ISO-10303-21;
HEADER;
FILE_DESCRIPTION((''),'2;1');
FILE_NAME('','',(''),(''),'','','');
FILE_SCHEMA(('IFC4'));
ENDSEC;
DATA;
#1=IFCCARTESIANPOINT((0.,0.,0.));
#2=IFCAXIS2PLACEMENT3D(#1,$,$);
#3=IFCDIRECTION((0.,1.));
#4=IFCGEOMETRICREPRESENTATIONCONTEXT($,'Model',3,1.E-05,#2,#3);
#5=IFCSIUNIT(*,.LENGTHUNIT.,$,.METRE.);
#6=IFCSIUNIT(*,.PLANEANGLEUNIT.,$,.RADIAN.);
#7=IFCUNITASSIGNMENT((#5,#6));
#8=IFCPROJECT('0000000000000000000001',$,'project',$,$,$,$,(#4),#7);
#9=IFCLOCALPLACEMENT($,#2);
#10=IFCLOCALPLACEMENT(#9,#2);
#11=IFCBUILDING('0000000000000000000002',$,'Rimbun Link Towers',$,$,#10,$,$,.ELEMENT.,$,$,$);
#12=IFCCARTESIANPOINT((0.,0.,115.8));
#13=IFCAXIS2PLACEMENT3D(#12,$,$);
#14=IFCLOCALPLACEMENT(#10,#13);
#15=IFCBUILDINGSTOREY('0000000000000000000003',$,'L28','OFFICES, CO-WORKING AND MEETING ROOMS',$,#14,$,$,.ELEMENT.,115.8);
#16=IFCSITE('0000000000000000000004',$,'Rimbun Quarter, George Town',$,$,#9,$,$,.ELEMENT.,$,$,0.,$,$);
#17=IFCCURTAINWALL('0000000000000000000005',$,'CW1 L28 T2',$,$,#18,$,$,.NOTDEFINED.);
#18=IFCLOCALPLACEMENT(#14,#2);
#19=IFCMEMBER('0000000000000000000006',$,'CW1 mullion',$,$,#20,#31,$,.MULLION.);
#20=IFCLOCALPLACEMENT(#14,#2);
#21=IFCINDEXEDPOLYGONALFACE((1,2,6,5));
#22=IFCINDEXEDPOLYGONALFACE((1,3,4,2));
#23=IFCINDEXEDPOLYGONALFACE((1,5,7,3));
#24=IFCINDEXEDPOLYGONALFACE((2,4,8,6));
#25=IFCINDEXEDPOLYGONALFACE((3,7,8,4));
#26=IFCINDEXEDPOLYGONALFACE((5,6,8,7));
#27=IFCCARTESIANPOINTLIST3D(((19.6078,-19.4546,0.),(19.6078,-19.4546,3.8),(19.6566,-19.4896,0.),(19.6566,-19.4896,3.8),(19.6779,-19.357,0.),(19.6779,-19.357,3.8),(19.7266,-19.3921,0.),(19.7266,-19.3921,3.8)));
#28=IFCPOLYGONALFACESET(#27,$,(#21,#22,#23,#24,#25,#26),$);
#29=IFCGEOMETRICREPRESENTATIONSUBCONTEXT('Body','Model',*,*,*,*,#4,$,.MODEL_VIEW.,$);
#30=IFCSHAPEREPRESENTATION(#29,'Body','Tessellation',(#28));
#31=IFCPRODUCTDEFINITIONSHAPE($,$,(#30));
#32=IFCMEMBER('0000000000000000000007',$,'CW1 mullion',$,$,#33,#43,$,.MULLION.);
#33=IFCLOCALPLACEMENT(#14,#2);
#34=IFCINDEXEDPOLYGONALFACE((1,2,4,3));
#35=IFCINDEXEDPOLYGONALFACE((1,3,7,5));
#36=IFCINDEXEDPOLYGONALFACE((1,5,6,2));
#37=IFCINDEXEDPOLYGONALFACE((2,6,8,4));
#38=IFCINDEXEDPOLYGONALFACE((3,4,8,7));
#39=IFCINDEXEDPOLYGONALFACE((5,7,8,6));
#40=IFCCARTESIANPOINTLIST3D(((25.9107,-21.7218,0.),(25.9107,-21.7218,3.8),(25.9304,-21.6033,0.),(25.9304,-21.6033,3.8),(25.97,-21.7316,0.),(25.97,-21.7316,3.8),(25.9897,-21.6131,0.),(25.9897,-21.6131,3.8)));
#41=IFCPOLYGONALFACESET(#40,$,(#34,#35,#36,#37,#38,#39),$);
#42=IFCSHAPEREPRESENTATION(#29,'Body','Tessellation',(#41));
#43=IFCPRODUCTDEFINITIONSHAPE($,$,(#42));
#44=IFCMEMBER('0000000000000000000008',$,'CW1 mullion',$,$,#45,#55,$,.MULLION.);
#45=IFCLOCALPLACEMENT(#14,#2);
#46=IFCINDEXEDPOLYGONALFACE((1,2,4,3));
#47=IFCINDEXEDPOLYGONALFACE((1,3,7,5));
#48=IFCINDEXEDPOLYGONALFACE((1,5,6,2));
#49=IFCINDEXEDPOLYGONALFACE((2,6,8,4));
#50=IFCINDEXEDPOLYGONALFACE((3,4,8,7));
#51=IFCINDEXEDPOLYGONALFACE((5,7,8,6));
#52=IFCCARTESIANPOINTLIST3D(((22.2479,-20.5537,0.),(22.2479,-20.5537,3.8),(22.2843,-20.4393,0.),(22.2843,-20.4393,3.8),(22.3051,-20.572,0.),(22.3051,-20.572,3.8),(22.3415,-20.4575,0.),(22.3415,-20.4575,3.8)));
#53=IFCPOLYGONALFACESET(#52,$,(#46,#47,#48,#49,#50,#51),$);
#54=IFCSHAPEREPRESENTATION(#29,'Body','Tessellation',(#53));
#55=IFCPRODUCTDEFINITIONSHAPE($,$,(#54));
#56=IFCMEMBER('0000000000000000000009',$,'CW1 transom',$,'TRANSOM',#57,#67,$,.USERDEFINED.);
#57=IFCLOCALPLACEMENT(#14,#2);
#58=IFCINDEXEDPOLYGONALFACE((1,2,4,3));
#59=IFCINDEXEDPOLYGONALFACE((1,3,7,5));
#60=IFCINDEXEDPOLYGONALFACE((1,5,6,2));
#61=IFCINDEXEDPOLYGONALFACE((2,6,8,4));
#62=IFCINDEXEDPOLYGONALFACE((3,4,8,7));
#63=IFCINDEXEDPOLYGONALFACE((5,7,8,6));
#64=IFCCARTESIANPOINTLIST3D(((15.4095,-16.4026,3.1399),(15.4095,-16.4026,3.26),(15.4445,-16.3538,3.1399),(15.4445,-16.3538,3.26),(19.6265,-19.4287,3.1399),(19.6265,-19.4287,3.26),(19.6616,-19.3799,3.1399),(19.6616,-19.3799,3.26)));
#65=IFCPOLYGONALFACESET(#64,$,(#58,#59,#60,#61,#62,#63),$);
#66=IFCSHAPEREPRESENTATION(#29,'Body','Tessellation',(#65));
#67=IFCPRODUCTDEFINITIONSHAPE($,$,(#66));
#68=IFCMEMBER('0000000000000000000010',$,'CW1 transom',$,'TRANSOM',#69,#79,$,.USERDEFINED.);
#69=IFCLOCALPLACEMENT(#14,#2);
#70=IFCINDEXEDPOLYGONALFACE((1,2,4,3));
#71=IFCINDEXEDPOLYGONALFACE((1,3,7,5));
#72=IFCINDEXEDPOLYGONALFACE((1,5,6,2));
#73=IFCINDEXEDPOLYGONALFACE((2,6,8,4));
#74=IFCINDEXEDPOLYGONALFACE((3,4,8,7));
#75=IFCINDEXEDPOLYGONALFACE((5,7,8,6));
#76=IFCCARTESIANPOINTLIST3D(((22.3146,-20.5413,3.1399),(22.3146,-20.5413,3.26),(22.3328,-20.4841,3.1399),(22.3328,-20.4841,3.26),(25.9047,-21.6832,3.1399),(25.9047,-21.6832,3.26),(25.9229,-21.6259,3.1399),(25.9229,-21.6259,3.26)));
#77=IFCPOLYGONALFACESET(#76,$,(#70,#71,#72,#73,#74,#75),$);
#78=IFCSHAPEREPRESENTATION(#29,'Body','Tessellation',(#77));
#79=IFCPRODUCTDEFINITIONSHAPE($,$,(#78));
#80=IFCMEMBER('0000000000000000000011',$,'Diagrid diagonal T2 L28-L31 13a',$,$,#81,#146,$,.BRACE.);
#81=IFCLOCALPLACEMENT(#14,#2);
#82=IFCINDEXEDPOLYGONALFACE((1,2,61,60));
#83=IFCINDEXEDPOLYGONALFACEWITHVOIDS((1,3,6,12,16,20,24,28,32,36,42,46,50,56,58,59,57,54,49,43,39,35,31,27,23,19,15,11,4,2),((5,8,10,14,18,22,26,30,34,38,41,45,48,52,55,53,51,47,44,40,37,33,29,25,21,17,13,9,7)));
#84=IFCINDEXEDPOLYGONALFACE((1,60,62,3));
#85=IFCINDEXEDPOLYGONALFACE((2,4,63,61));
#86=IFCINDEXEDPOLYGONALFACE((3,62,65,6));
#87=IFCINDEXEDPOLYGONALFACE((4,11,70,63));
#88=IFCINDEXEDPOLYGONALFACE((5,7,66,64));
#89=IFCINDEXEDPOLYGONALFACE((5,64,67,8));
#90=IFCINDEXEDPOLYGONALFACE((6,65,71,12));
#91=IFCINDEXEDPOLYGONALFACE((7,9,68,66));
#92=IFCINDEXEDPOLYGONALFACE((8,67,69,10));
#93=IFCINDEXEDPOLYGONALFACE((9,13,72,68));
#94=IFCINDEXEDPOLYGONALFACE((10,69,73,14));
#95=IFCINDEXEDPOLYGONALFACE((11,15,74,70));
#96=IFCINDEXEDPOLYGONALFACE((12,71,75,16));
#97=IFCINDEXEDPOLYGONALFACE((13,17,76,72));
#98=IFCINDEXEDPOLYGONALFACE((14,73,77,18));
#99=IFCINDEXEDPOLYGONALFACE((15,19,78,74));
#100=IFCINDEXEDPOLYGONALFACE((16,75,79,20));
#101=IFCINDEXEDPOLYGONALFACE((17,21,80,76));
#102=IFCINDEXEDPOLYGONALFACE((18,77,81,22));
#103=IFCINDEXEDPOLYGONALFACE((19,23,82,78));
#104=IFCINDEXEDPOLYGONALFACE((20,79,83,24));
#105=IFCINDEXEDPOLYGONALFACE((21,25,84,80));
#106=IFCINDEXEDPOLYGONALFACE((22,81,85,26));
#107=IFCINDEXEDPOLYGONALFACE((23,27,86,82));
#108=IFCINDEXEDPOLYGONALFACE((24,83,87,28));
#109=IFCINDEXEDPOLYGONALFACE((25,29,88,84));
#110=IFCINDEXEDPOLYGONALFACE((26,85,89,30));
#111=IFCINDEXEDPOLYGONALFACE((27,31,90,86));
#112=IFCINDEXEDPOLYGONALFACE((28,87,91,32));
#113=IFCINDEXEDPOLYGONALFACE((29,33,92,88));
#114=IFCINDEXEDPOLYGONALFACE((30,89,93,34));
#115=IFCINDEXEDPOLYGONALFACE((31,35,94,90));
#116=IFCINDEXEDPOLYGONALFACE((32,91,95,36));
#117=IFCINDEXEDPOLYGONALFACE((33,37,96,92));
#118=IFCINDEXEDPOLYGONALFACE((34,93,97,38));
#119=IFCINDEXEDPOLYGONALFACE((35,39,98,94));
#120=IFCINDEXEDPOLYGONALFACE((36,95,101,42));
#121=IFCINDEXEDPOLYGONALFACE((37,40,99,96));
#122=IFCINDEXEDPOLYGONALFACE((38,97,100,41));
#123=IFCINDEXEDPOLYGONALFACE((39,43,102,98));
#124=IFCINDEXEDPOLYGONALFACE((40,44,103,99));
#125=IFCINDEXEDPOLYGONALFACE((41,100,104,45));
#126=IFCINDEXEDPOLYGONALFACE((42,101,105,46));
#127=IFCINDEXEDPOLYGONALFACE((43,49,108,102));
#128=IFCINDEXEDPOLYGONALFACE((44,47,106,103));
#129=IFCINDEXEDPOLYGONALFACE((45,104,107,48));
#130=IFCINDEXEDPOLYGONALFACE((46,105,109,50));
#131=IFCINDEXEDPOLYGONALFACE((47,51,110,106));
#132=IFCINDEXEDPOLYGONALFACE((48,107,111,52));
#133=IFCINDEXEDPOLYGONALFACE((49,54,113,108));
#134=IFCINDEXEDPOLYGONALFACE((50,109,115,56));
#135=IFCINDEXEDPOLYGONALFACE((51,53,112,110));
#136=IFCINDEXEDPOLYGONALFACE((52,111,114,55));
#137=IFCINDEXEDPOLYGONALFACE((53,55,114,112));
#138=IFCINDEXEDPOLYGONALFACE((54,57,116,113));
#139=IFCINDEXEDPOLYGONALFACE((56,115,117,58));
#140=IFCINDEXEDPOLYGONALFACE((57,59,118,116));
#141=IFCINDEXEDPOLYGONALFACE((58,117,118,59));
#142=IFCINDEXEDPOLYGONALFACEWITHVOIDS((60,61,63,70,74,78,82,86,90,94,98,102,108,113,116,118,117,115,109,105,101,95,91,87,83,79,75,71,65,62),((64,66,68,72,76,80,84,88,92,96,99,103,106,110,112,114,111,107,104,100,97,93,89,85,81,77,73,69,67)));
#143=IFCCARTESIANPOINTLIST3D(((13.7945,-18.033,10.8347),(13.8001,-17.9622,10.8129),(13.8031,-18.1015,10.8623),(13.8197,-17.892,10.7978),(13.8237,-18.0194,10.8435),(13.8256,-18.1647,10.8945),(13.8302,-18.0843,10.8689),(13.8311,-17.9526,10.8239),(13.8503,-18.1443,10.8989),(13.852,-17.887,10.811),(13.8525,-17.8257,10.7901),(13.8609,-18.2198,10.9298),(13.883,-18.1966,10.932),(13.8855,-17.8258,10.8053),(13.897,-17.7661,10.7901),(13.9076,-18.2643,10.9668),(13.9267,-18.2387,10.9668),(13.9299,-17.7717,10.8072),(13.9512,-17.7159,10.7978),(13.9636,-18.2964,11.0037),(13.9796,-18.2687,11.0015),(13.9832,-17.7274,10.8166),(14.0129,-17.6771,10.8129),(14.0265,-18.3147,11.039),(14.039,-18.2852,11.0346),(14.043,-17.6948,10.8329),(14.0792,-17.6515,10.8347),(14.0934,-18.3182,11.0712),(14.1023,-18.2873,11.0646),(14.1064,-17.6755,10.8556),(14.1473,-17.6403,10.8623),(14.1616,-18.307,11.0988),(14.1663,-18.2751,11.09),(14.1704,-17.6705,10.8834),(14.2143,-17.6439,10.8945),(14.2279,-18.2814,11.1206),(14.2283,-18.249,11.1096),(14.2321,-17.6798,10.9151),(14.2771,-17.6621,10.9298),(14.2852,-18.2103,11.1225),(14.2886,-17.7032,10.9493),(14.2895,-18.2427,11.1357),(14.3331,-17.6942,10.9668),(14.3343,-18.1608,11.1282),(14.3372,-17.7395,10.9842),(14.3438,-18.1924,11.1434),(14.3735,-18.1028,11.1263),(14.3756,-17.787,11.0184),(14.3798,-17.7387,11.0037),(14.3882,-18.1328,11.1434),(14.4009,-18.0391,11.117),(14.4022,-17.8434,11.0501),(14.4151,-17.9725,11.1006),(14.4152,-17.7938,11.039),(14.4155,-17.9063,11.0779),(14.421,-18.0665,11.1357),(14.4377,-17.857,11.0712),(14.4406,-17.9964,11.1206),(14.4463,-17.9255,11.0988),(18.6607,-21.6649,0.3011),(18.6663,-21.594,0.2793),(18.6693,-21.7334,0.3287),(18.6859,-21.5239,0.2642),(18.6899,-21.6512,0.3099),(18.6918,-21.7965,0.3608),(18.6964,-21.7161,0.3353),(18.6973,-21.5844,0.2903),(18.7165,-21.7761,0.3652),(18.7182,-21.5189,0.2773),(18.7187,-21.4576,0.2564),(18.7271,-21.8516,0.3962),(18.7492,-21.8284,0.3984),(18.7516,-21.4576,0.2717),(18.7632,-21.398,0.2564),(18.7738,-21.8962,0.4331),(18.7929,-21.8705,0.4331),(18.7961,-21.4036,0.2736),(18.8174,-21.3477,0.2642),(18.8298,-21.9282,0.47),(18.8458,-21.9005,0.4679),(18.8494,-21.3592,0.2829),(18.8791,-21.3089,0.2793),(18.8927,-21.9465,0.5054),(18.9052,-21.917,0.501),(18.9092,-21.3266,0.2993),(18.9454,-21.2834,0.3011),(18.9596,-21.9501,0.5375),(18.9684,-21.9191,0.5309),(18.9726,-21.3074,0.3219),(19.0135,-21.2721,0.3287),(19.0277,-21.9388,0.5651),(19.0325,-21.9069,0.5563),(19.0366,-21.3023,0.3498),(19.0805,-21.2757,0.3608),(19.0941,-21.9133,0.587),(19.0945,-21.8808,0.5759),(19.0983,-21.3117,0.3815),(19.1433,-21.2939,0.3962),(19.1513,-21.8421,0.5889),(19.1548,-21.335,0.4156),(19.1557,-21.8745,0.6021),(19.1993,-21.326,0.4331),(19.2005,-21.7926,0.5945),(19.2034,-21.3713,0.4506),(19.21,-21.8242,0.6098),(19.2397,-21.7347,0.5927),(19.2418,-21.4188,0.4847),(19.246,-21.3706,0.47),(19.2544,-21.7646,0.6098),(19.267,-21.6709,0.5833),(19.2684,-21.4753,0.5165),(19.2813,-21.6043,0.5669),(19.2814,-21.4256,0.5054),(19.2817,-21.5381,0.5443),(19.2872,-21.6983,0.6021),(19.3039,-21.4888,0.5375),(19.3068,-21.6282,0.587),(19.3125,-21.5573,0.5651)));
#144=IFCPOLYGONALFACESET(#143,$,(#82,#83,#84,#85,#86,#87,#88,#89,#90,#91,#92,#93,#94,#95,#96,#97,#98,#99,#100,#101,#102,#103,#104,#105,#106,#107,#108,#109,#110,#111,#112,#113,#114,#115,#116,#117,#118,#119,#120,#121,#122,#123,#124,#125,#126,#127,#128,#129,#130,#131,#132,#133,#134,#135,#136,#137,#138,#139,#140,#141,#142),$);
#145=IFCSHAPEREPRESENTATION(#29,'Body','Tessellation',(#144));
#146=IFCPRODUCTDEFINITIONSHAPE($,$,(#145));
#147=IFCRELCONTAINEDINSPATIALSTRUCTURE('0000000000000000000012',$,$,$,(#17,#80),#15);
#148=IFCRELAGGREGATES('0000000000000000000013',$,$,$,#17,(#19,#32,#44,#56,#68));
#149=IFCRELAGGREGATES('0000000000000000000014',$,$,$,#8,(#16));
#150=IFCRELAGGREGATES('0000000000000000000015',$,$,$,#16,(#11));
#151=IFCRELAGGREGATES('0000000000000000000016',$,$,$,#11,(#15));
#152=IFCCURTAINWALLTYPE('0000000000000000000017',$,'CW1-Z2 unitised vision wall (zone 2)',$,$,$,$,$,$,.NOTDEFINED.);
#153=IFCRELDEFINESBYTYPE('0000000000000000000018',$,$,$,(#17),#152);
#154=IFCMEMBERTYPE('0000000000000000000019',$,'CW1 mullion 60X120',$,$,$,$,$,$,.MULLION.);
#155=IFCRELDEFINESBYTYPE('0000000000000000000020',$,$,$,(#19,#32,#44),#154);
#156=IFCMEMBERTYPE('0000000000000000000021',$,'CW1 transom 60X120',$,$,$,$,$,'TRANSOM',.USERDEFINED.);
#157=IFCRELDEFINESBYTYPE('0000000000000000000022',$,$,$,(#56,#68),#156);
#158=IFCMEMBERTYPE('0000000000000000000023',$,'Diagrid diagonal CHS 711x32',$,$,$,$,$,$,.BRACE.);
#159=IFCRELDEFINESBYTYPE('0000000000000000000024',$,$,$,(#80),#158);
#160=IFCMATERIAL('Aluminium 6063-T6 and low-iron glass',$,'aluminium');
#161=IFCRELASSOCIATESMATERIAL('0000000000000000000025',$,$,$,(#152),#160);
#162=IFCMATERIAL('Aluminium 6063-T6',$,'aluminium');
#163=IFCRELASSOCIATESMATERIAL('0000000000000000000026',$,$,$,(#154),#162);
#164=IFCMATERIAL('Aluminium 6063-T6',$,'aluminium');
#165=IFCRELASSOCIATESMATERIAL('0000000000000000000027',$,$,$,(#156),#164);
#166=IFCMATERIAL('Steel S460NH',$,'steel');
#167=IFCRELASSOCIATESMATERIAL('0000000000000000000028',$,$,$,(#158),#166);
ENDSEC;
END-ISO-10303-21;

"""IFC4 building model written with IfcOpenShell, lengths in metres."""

from ifc_helpers import new_model, si_unit, direction, frame, origin, origin_2d, place, context, subcontext, project, spatial, rectangle, hollow_circle, extrude, material, material_profile, profile_set, type_object, element, aggregate, save


model = new_model("IFC4")

# Units and contexts
model_context = context("Model", 3, precision=1e-05, world=origin(), true_north=direction((0.0, 1.0)))
body_context = subcontext(model_context, "Body", "Model", "MODEL_VIEW")
ifc_project = project(units=[si_unit("LENGTHUNIT", "METRE"), si_unit("PLANEANGLEUNIT", "RADIAN")], contexts=[model_context])

# Site, building, storey
site_placement = place(None, origin())
site = spatial("IfcSite", under=ifc_project, at=site_placement, Name="Rimbun Quarter, George Town", CompositionType="ELEMENT", RefElevation=0.0)
building_placement = place(site_placement, origin())
building = spatial("IfcBuilding", under=site, at=building_placement, Name="Rimbun Link Towers", CompositionType="ELEMENT")
storey_placement = place(building_placement, frame((0.0, 0.0, 115.8)))
storey = spatial("IfcBuildingStorey", under=building, at=storey_placement, Name="L28", Description="OFFICES, CO-WORKING AND MEETING ROOMS", CompositionType="ELEMENT", Elevation=115.8)

# Curtain wall, members
ifc_material_1 = material(Name="Aluminium 6063-T6 and low-iron glass", Category="aluminium")
curtain_wall_type = type_object("IfcCurtainWallType", Name="CW1-Z2 unitised vision wall (zone 2)", PredefinedType="NOTDEFINED", material=ifc_material_1)
curtain_wall_placement = place(storey_placement, origin())
curtain_wall = element("IfcCurtainWall", 1, at=curtain_wall_placement, inside=storey, type_object=curtain_wall_type, Name="CW1 L28 T2", PredefinedType="NOTDEFINED")
ifc_material_2 = material(Name="Aluminium 6063-T6", Category="aluminium")
ifc_material_profile_1 = material_profile(ifc_material_2, rectangle(XDim=0.1201, YDim=0.0601, at=origin_2d()), Name="MULLION 60X120")
ifc_profile_set_1 = profile_set([ifc_material_profile_1], Name="Aluminium 6063-T6")
member_type_1 = type_object("IfcMemberType", Name="CW1 mullion 60X120", PredefinedType="MULLION", material=ifc_profile_set_1)
member_1_placement = place(storey_placement, frame((19.6672, -19.4233, 0.0), z_axis=(0.0, 0.0, 1.0), x_axis=(-0.583004, -0.812469, 0.0)))
member_1 = element("IfcMember", 2, at=member_1_placement, type_object=member_type_1, Name="CW1 mullion", PredefinedType="MULLION", context=body_context, shape_type="SweptSolid", body=[
    extrude(rectangle(XDim=0.1201, YDim=0.0601, at=origin_2d()), origin(), (0.0, 0.0, 1.0), 3.8),
])
member_2_placement = place(storey_placement, frame((25.9502, -21.6675, 0.0), z_axis=(0.0, 0.0, 1.0), x_axis=(-0.163751, -0.986502, 0.0)))
member_2 = element("IfcMember", 3, at=member_2_placement, type_object=member_type_1, Name="CW1 mullion", PredefinedType="MULLION", context=body_context, shape_type="SweptSolid", body=[
    extrude(rectangle(XDim=0.1201, YDim=0.0601, at=origin_2d()), origin(), (0.0, 0.0, 1.0), 3.8),
])
member_3_placement = place(storey_placement, frame((22.2947, -20.5056, 0.0), z_axis=(0.0, 0.0, 1.0), x_axis=(-0.303073, -0.952967, 0.0)))
member_3 = element("IfcMember", 4, at=member_3_placement, type_object=member_type_1, Name="CW1 mullion", PredefinedType="MULLION", context=body_context, shape_type="SweptSolid", body=[
    extrude(rectangle(XDim=0.1201, YDim=0.0601, at=origin_2d()), origin(), (0.0, 0.0, 1.0), 3.8),
])
ifc_material_3 = material(Name="Aluminium 6063-T6", Category="aluminium")
ifc_material_profile_2 = material_profile(ifc_material_3, rectangle(XDim=0.0601, YDim=0.1201, at=origin_2d()), Name="TRANSOM 60X120")
ifc_profile_set_2 = profile_set([ifc_material_profile_2], Name="Aluminium 6063-T6")
member_type_2 = type_object("IfcMemberType", Name="CW1 transom 60X120", ElementType="TRANSOM", PredefinedType="USERDEFINED", material=ifc_profile_set_2)
member_4_placement = place(storey_placement, frame((19.644, -19.4043, 3.2), z_axis=(-0.81246, 0.583017, 0.0), x_axis=(-0.583017, -0.81246, 0.0)))
member_4 = element("IfcMember", 5, at=member_4_placement, type_object=member_type_2, Name="CW1 transom", ObjectType="TRANSOM", PredefinedType="USERDEFINED", context=body_context, shape_type="SweptSolid", body=[
    extrude(rectangle(XDim=0.0601, YDim=0.1201, at=origin_2d()), origin(), (0.0, 0.0, 1.0), 5.1904),
])
member_5_placement = place(storey_placement, frame((25.9138, -21.6545, 3.2), z_axis=(-0.952961, 0.303094, 0.0), x_axis=(-0.303094, -0.952961, 0.0)))
member_5 = element("IfcMember", 6, at=member_5_placement, type_object=member_type_2, Name="CW1 transom", ObjectType="TRANSOM", PredefinedType="USERDEFINED", context=body_context, shape_type="SweptSolid", body=[
    extrude(rectangle(XDim=0.0601, YDim=0.1201, at=origin_2d()), origin(), (0.0, 0.0, 1.0), 3.7673),
])

# Member
ifc_material_4 = material(Name="Steel S460NH", Category="steel")
ifc_material_profile_3 = material_profile(ifc_material_4, hollow_circle(Radius=0.3557, WallThickness=0.032, at=origin_2d()), Name="Diagrid diagonal CHS 711x32")
ifc_profile_set_3 = profile_set([ifc_material_profile_3], Name="Steel S460NH")
member_type_3 = type_object("IfcMemberType", Name="Diagrid diagonal CHS 711x32", PredefinedType="BRACE", material=ifc_profile_set_3)
member_6_placement = place(storey_placement, frame((18.9866, -21.6111, 0.4331), z_axis=(-0.400231, 0.298708, 0.866365), x_axis=(-0.59812, -0.801407, 0.0)))
element("IfcMember", 7, at=member_6_placement, inside=storey, type_object=member_type_3, Name="Diagrid diagonal T2 L28-L31 13a", PredefinedType="BRACE", context=body_context, shape_type="SweptSolid", body=[
    extrude(hollow_circle(Radius=0.3557, WallThickness=0.032, at=origin_2d()), origin(), (0.0, 0.0, 1.0), 12.1584),
])

aggregate(curtain_wall, [member_1, member_2, member_3, member_4, member_5])

save(model, "model.ifc")
